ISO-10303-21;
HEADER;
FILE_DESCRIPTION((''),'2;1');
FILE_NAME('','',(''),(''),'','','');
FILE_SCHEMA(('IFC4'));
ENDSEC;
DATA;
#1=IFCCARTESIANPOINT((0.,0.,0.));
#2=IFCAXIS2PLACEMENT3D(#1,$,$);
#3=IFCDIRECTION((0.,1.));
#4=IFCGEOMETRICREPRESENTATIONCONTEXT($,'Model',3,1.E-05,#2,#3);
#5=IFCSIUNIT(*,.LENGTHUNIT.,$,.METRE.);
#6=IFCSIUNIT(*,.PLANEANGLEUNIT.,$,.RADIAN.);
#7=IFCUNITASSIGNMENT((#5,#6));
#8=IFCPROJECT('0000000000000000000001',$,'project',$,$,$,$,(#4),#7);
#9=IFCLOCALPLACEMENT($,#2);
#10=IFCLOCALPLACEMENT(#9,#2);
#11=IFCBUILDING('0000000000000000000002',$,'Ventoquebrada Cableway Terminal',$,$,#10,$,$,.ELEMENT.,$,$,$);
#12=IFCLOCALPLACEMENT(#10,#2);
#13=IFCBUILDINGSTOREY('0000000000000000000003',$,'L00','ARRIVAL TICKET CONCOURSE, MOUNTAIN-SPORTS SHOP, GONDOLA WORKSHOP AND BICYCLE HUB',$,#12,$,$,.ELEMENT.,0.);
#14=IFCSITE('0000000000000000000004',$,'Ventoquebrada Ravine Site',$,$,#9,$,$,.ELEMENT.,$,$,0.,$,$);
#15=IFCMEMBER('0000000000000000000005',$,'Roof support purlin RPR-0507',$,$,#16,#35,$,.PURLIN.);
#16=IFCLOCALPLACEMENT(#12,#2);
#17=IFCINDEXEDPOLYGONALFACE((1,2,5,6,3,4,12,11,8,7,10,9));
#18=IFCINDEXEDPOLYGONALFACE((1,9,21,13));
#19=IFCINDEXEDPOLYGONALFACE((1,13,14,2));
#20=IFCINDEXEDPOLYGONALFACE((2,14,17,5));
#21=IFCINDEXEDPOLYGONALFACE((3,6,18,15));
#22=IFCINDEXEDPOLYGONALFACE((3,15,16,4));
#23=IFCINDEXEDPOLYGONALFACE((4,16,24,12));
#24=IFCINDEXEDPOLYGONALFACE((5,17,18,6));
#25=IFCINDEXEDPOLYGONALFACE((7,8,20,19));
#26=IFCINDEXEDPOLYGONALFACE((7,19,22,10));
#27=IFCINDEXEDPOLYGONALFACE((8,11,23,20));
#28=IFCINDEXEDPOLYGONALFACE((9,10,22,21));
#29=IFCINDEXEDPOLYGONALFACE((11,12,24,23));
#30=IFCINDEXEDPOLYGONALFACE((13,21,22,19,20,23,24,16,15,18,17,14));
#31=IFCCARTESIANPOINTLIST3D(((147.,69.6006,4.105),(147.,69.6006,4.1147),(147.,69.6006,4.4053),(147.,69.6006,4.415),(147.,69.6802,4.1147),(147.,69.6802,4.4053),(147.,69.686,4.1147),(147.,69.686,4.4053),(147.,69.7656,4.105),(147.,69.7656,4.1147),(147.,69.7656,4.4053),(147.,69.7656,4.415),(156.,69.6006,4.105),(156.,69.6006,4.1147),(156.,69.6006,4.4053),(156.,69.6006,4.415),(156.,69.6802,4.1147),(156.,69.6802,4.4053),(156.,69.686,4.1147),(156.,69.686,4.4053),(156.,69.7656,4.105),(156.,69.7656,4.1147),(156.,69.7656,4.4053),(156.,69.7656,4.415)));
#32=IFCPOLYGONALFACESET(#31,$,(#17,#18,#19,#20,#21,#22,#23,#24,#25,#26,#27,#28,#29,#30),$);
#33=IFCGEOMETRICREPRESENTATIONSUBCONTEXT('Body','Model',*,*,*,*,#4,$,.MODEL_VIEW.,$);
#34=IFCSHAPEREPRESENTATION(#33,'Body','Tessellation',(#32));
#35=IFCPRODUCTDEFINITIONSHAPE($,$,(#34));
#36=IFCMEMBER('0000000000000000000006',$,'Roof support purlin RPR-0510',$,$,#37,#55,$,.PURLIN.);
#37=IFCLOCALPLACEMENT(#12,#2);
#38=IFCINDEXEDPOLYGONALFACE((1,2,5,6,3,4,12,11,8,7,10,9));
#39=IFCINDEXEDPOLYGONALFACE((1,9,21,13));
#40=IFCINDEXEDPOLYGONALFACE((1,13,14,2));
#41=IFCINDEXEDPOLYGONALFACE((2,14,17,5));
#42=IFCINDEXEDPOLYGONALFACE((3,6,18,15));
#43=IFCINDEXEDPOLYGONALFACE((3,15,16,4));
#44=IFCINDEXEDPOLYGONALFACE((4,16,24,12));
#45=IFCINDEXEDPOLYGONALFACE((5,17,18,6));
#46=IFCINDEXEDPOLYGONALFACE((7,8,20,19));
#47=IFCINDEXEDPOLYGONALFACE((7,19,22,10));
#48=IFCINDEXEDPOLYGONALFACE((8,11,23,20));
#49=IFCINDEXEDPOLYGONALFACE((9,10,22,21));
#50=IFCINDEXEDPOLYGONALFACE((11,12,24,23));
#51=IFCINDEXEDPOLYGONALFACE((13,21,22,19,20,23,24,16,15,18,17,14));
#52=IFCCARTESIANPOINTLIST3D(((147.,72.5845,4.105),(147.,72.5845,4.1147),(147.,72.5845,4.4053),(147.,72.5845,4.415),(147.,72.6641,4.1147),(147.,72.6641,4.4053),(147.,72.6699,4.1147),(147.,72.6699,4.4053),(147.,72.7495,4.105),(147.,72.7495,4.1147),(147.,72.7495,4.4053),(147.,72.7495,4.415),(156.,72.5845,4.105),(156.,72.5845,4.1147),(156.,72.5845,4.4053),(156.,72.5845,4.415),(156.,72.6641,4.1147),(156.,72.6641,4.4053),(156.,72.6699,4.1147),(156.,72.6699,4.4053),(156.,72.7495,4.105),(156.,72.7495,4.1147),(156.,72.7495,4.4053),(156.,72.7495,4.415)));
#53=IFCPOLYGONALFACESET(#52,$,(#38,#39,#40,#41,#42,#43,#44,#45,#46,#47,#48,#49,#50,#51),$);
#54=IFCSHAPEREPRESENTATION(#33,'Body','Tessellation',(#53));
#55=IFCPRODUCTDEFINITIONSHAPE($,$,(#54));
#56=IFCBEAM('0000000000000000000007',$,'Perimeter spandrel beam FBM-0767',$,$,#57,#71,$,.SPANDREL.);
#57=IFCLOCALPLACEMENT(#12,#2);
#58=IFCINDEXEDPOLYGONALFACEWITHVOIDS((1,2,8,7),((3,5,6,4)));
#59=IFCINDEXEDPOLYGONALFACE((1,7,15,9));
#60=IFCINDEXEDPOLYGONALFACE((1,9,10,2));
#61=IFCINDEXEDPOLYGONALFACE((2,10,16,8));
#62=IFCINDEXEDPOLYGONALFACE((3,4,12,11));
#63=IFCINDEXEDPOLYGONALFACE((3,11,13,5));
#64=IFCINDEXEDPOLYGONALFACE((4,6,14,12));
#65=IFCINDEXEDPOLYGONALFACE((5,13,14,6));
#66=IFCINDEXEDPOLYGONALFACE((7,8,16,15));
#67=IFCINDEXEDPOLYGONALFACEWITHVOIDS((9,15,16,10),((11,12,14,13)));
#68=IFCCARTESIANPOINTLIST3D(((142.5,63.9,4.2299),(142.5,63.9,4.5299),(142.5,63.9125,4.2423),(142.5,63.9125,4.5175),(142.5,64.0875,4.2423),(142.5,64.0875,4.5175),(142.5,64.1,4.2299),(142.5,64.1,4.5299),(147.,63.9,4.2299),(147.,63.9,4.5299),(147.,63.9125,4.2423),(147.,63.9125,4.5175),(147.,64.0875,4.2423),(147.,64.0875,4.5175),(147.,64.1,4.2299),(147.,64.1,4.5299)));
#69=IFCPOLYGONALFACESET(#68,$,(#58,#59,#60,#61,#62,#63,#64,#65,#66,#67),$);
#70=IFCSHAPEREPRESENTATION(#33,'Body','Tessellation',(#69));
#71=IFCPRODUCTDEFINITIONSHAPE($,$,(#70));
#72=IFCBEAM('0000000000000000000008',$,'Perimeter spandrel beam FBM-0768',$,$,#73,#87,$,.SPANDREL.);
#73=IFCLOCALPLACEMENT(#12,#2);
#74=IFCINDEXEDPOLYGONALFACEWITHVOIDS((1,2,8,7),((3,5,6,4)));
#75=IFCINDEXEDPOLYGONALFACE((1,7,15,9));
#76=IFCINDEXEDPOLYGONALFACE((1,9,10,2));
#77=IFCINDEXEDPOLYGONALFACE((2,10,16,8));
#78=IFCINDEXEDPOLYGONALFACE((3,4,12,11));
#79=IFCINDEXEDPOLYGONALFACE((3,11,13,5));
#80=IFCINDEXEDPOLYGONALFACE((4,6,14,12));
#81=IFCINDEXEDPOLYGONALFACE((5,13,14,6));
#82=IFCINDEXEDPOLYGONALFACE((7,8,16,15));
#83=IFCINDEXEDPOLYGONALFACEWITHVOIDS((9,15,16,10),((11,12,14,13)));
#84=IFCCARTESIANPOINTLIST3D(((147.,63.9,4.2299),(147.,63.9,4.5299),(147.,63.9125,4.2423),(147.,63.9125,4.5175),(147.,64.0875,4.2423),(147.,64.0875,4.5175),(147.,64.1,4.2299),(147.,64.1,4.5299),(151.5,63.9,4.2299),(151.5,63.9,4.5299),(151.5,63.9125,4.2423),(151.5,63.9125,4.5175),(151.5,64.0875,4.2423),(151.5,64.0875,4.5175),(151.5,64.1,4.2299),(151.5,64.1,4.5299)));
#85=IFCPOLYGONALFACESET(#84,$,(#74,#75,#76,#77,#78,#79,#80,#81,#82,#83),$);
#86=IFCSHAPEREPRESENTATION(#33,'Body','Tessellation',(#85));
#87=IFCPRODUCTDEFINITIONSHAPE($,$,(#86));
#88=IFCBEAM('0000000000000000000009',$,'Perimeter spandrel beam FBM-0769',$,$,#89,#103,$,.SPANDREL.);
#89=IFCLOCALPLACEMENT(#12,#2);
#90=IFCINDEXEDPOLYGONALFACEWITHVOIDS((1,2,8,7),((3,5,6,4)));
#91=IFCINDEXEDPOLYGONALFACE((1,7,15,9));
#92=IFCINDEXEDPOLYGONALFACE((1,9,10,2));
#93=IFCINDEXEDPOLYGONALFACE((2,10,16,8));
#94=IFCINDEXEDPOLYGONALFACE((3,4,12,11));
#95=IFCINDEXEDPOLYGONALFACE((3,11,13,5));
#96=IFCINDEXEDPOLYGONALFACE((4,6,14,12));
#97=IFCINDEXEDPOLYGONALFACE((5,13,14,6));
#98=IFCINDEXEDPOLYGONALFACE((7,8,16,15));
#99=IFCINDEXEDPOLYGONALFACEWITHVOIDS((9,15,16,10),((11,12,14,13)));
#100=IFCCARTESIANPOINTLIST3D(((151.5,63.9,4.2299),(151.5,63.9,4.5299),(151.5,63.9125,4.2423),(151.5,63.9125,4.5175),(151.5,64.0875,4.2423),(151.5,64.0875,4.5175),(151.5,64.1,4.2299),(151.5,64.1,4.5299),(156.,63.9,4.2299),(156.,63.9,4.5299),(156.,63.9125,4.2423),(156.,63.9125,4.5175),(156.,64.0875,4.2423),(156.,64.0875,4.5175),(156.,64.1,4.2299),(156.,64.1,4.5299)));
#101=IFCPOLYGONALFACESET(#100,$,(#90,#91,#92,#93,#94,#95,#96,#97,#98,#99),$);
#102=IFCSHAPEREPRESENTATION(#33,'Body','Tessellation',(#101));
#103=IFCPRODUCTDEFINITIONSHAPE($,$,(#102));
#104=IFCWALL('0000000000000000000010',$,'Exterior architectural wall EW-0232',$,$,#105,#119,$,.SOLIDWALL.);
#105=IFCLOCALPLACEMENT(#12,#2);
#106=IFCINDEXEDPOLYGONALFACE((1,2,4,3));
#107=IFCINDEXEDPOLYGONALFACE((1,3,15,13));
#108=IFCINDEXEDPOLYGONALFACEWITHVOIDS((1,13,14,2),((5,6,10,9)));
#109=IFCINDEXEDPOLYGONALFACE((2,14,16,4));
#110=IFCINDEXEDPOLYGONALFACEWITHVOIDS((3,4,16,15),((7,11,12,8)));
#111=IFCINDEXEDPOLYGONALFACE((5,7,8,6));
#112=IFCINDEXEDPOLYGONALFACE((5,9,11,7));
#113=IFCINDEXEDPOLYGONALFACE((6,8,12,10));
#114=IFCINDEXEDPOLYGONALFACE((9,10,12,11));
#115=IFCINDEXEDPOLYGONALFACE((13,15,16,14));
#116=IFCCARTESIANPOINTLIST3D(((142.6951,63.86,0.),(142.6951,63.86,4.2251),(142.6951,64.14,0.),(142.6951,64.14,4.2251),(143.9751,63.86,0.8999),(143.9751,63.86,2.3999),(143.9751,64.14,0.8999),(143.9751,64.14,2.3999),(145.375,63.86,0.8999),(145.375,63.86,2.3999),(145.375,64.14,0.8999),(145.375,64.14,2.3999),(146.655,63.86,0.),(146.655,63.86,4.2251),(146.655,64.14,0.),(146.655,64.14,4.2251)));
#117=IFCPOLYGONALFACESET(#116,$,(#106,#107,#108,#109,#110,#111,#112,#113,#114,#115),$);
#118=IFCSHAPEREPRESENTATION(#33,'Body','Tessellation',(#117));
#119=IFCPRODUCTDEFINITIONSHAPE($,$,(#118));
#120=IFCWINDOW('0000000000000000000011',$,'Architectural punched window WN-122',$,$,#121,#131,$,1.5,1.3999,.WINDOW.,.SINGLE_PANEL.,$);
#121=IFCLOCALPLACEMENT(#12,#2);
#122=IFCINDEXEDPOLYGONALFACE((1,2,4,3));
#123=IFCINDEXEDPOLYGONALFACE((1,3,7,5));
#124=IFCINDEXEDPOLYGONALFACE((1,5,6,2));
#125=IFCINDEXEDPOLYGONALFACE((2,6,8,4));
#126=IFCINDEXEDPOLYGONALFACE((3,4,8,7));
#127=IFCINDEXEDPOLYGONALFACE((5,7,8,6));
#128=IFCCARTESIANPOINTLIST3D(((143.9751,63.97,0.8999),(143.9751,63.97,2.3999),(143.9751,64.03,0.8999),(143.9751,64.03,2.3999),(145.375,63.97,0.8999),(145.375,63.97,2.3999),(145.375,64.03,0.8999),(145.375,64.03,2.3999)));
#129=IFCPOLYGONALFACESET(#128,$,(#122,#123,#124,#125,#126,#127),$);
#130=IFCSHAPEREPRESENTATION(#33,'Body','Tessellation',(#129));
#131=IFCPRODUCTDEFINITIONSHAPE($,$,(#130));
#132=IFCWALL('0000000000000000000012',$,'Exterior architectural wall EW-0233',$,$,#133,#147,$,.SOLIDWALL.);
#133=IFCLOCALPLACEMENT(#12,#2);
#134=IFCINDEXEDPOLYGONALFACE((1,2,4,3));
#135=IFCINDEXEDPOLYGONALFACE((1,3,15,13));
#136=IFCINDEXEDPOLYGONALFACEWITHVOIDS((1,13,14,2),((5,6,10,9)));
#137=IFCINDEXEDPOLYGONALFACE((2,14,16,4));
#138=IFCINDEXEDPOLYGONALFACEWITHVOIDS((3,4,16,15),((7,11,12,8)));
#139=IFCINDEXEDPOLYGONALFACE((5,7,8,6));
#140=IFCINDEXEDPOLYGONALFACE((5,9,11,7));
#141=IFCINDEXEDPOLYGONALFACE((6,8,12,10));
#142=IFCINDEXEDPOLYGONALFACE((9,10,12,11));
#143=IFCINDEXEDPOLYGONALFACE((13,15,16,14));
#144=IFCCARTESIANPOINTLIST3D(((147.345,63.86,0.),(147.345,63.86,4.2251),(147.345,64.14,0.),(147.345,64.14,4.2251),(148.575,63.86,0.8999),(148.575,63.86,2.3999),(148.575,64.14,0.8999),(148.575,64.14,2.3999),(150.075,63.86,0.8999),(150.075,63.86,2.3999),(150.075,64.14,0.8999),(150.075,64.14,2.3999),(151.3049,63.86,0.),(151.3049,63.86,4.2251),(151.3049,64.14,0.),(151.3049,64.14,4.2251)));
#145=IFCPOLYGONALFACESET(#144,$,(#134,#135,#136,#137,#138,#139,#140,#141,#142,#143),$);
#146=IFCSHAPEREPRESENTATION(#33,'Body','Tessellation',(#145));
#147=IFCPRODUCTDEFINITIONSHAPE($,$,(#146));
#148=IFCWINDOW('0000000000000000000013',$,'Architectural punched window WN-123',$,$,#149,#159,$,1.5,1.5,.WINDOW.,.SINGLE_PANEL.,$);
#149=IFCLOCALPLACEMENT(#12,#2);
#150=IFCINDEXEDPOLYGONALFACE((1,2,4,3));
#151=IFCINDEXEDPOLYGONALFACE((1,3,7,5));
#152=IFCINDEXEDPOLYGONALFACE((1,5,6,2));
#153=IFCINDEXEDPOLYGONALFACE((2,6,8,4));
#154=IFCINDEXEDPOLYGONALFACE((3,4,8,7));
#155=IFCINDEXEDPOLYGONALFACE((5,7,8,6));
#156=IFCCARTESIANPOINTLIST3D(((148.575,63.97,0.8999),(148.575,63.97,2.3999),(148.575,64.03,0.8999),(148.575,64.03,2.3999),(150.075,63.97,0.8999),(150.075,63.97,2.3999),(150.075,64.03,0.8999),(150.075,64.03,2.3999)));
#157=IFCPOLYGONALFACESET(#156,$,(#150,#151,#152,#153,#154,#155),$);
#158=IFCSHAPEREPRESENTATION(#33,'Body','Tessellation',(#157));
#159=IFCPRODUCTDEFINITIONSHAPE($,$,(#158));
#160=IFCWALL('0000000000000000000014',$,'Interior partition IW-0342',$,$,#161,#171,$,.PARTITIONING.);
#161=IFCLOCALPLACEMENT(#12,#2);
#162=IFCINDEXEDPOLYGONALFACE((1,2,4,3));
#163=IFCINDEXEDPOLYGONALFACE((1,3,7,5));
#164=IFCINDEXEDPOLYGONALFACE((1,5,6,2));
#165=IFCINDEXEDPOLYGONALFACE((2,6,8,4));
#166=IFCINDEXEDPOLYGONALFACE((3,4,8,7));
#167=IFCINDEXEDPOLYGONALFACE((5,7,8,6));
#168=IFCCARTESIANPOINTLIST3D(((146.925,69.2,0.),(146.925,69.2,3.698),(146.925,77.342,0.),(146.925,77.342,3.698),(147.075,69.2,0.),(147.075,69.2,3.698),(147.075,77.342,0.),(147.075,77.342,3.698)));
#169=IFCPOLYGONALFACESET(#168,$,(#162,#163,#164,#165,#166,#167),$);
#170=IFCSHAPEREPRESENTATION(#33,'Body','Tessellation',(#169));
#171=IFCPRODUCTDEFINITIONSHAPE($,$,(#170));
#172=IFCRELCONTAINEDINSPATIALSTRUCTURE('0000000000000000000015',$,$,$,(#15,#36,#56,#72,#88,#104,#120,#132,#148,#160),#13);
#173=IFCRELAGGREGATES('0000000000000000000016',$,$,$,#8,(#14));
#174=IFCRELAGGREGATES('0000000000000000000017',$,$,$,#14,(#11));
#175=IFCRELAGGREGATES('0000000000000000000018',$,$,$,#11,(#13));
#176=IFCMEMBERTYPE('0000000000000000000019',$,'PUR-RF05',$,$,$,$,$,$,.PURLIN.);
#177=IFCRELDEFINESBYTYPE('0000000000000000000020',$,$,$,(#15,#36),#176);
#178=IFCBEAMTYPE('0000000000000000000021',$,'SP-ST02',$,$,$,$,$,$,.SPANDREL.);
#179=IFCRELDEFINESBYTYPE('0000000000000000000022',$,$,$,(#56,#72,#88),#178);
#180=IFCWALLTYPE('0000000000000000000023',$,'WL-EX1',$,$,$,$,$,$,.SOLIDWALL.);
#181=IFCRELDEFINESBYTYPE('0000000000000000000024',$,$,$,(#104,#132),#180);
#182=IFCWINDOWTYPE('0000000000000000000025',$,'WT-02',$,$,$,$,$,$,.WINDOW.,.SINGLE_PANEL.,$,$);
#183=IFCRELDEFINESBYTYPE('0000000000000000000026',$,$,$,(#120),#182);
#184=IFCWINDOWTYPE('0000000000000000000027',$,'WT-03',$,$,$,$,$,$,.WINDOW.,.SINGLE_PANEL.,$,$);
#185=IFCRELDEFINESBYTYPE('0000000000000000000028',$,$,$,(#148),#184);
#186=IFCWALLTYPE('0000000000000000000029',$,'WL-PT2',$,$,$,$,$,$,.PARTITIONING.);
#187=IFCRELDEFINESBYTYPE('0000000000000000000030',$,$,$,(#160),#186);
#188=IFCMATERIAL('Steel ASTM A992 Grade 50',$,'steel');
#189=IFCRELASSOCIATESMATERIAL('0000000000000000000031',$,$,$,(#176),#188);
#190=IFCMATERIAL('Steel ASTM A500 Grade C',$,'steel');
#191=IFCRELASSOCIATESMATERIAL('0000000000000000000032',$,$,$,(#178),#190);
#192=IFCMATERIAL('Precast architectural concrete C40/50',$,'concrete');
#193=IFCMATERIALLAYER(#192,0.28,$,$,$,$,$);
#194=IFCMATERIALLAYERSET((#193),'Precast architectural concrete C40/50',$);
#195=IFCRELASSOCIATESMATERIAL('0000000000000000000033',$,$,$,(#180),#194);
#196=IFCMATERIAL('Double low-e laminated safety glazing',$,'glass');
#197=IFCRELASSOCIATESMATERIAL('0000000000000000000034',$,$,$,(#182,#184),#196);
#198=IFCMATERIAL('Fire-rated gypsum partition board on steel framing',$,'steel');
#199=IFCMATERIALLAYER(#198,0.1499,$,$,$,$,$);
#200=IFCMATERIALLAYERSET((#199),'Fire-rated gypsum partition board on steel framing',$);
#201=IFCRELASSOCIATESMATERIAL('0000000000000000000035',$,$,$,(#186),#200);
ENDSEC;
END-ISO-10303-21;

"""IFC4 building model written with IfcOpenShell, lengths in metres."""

from ifc_helpers import new_model, si_unit, direction, frame, frame_2d, origin, origin_2d, place, context, subcontext, project, spatial, rectangle, hollow_rectangle, i_section, extrude, material, layer, layer_set, material_profile, profile_set, type_object, element, fill, save


model = new_model("IFC4")

# Units and contexts
model_context = context("Model", 3, precision=1e-05, world=origin(), true_north=direction((0.0, 1.0)))
body_context = subcontext(model_context, "Body", "Model", "MODEL_VIEW")
ifc_project = project(units=[si_unit("LENGTHUNIT", "METRE"), si_unit("PLANEANGLEUNIT", "RADIAN")], contexts=[model_context])

# Site, building, storey
site_placement = place(None, origin())
site = spatial("IfcSite", under=ifc_project, at=site_placement, Name="Ventoquebrada Ravine Site", CompositionType="ELEMENT", RefElevation=0.0)
building_placement = place(site_placement, origin())
building = spatial("IfcBuilding", under=site, at=building_placement, Name="Ventoquebrada Cableway Terminal", CompositionType="ELEMENT")
storey_placement = place(building_placement, origin())
storey = spatial("IfcBuildingStorey", under=building, at=storey_placement, Name="L00", Description="ARRIVAL TICKET CONCOURSE, MOUNTAIN-SPORTS SHOP, GONDOLA WORKSHOP AND BICYCLE HUB", CompositionType="ELEMENT", Elevation=0.0)

# Shared definitions
ifc_material_1 = material(Name="Steel ASTM A992 Grade 50", Category="steel")
ifc_material_2 = material(Name="Steel ASTM A500 Grade C", Category="steel")

# Members
ifc_material_profile_1 = material_profile(ifc_material_1, i_section(OverallWidth=0.165, OverallDepth=0.3101, WebThickness=0.0059, FlangeThickness=0.0098, at=origin_2d()), Name="W12X26")
ifc_profile_set_1 = profile_set([ifc_material_profile_1], Name="Steel ASTM A992 Grade 50")
member_type = type_object("IfcMemberType", Name="PUR-RF05", PredefinedType="PURLIN", material=ifc_profile_set_1)
for number, where, z_axis, x_axis, name in (
    (1, (147.0, 69.6831, 4.26), (1.0, 0.0, 0.0), (0.0, 1.0, 0.0), "Roof support purlin RPR-0507"),
    (2, (147.0, 72.667, 4.26), (1.0, 0.0, 0.0), (0.0, 1.0, 0.0), "Roof support purlin RPR-0510"),
):
    element("IfcMember", number, at=place(storey_placement, frame(where, z_axis=z_axis, x_axis=x_axis)), inside=storey, type_object=member_type, Name=name, PredefinedType="PURLIN", context=body_context, shape_type="SweptSolid", body=[
        extrude(i_section(OverallWidth=0.165, OverallDepth=0.3101, WebThickness=0.0059, FlangeThickness=0.0098, at=origin_2d()), origin(), (0.0, 0.0, 1.0), 9.0),
    ])

# Beams
ifc_material_profile_2 = material_profile(ifc_material_2, hollow_rectangle(XDim=0.2, YDim=0.3, WallThickness=0.0125, at=origin_2d()), Name="RHS300X200X12.5")
ifc_profile_set_2 = profile_set([ifc_material_profile_2], Name="Steel ASTM A500 Grade C")
beam_type_1 = type_object("IfcBeamType", Name="SP-ST02", PredefinedType="SPANDREL", material=ifc_profile_set_2)
for number, where, z_axis, x_axis, name in (
    (3, (142.5, 64.0, 4.3799), (1.0, 0.0, 0.0), (0.0, 1.0, 0.0), "Perimeter spandrel beam FBM-0767"),
    (4, (147.0, 64.0, 4.3799), (1.0, 0.0, 0.0), (0.0, 1.0, 0.0), "Perimeter spandrel beam FBM-0768"),
    (5, (151.5, 64.0, 4.3799), (1.0, 0.0, 0.0), (0.0, 1.0, 0.0), "Perimeter spandrel beam FBM-0769"),
):
    element("IfcBeam", number, at=place(storey_placement, frame(where, z_axis=z_axis, x_axis=x_axis)), inside=storey, type_object=beam_type_1, Name=name, PredefinedType="SPANDREL", context=body_context, shape_type="SweptSolid", body=[
        extrude(hollow_rectangle(XDim=0.2, YDim=0.3, WallThickness=0.0125, at=origin_2d()), origin(), (0.0, 0.0, 1.0), 4.5),
    ])

# Walls, openings, windows
ifc_material_3 = material(Name="Precast architectural concrete C40/50", Category="concrete")
ifc_layer_1 = layer(ifc_material_3, 0.28)
ifc_layer_set_1 = layer_set([ifc_layer_1], Name="Precast architectural concrete C40/50")
wall_type_1 = type_object("IfcWallType", Name="WL-EX1", PredefinedType="SOLIDWALL", material=ifc_layer_set_1)
wall_1_placement = place(storey_placement, frame((142.6951, 64.0, 0.0), z_axis=(0.0, 0.0, 1.0), x_axis=(1.0, 0.0, 0.0)))
wall_1 = element("IfcWall", 6, at=wall_1_placement, inside=storey, type_object=wall_type_1, Name="Exterior architectural wall EW-0232", PredefinedType="SOLIDWALL", context=body_context, shape_type="SweptSolid", body=[
    extrude(rectangle(XDim=3.96, YDim=0.28, at=frame_2d((1.98, 0.0))), origin(), (0.0, 0.0, 1.0), 4.2251),
])
opening_1_placement = place(wall_1_placement, frame((1.28, 0.0, 0.8999)))
opening_1 = element("IfcOpeningElement", 7, at=opening_1_placement, cuts=wall_1, PredefinedType="OPENING", context=body_context, shape_type="SweptSolid", body=[
    extrude(rectangle(XDim=1.3999, YDim=1.5, at=frame_2d((0.7, 0.75))), frame((0.0, 0.1499, 0.0), z_axis=(0.0, -1.0, 0.0), x_axis=(1.0, 0.0, 0.0)), (0.0, 0.0, 1.0), 0.3),
])
ifc_material_4 = material(Name="Double low-e laminated safety glazing", Category="glass")
window_type_1 = type_object("IfcWindowType", Name="WT-02", PartitioningType="SINGLE_PANEL", PredefinedType="WINDOW", material=ifc_material_4)
window_1_placement = place(opening_1_placement, origin())
window_1 = element("IfcWindow", 8, at=window_1_placement, inside=storey, type_object=window_type_1, Name="Architectural punched window WN-122", OverallHeight=1.5, OverallWidth=1.3999, PartitioningType="SINGLE_PANEL", PredefinedType="WINDOW", context=body_context, shape_type="SweptSolid", body=[
    extrude(rectangle(XDim=1.3999, YDim=1.5, at=frame_2d((0.7, 0.75))), frame((0.0, 0.03, 0.0), z_axis=(0.0, -1.0, 0.0), x_axis=(1.0, 0.0, 0.0)), (0.0, 0.0, 1.0), 0.0601),
])
fill(opening_1, window_1)
wall_2_placement = place(storey_placement, frame((147.345, 64.0, 0.0), z_axis=(0.0, 0.0, 1.0), x_axis=(1.0, 0.0, 0.0)))
wall_2 = element("IfcWall", 9, at=wall_2_placement, inside=storey, type_object=wall_type_1, Name="Exterior architectural wall EW-0233", PredefinedType="SOLIDWALL", context=body_context, shape_type="SweptSolid", body=[
    extrude(rectangle(XDim=3.96, YDim=0.28, at=frame_2d((1.98, 0.0))), origin(), (0.0, 0.0, 1.0), 4.2251),
])
opening_2_placement = place(wall_2_placement, frame((1.23, 0.0, 0.8999)))
opening_2 = element("IfcOpeningElement", 10, at=opening_2_placement, cuts=wall_2, PredefinedType="OPENING", context=body_context, shape_type="SweptSolid", body=[
    extrude(rectangle(XDim=1.5, YDim=1.5, at=frame_2d((0.75, 0.75))), frame((0.0, 0.1499, 0.0), z_axis=(0.0, -1.0, 0.0), x_axis=(1.0, 0.0, 0.0)), (0.0, 0.0, 1.0), 0.3),
])
window_type_2 = type_object("IfcWindowType", Name="WT-03", PartitioningType="SINGLE_PANEL", PredefinedType="WINDOW", material=ifc_material_4)
window_2_placement = place(opening_2_placement, origin())
window_2 = element("IfcWindow", 11, at=window_2_placement, inside=storey, type_object=window_type_2, Name="Architectural punched window WN-123", OverallHeight=1.5, OverallWidth=1.5, PartitioningType="SINGLE_PANEL", PredefinedType="WINDOW", context=body_context, shape_type="SweptSolid", body=[
    extrude(rectangle(XDim=1.5, YDim=1.5, at=frame_2d((0.75, 0.75))), frame((0.0, 0.03, 0.0), z_axis=(0.0, -1.0, 0.0), x_axis=(1.0, 0.0, 0.0)), (0.0, 0.0, 1.0), 0.0601),
])
fill(opening_2, window_2)

# Wall
ifc_material_5 = material(Name="Fire-rated gypsum partition board on steel framing", Category="steel")
ifc_layer_2 = layer(ifc_material_5, 0.1499)
ifc_layer_set_2 = layer_set([ifc_layer_2], Name="Fire-rated gypsum partition board on steel framing")
wall_type_2 = type_object("IfcWallType", Name="WL-PT2", PredefinedType="PARTITIONING", material=ifc_layer_set_2)
wall_3_placement = place(storey_placement, frame((147.0, 69.2, 0.0), z_axis=(0.0, 0.0, 1.0), x_axis=(0.0, 1.0, 0.0)))
element("IfcWall", 12, at=wall_3_placement, inside=storey, type_object=wall_type_2, Name="Interior partition IW-0342", PredefinedType="PARTITIONING", context=body_context, shape_type="SweptSolid", body=[
    extrude(rectangle(XDim=8.1421, YDim=0.1499, at=frame_2d((4.071, 0.0))), origin(), (0.0, 0.0, 1.0), 3.698),
])

save(model, "model.ifc")
